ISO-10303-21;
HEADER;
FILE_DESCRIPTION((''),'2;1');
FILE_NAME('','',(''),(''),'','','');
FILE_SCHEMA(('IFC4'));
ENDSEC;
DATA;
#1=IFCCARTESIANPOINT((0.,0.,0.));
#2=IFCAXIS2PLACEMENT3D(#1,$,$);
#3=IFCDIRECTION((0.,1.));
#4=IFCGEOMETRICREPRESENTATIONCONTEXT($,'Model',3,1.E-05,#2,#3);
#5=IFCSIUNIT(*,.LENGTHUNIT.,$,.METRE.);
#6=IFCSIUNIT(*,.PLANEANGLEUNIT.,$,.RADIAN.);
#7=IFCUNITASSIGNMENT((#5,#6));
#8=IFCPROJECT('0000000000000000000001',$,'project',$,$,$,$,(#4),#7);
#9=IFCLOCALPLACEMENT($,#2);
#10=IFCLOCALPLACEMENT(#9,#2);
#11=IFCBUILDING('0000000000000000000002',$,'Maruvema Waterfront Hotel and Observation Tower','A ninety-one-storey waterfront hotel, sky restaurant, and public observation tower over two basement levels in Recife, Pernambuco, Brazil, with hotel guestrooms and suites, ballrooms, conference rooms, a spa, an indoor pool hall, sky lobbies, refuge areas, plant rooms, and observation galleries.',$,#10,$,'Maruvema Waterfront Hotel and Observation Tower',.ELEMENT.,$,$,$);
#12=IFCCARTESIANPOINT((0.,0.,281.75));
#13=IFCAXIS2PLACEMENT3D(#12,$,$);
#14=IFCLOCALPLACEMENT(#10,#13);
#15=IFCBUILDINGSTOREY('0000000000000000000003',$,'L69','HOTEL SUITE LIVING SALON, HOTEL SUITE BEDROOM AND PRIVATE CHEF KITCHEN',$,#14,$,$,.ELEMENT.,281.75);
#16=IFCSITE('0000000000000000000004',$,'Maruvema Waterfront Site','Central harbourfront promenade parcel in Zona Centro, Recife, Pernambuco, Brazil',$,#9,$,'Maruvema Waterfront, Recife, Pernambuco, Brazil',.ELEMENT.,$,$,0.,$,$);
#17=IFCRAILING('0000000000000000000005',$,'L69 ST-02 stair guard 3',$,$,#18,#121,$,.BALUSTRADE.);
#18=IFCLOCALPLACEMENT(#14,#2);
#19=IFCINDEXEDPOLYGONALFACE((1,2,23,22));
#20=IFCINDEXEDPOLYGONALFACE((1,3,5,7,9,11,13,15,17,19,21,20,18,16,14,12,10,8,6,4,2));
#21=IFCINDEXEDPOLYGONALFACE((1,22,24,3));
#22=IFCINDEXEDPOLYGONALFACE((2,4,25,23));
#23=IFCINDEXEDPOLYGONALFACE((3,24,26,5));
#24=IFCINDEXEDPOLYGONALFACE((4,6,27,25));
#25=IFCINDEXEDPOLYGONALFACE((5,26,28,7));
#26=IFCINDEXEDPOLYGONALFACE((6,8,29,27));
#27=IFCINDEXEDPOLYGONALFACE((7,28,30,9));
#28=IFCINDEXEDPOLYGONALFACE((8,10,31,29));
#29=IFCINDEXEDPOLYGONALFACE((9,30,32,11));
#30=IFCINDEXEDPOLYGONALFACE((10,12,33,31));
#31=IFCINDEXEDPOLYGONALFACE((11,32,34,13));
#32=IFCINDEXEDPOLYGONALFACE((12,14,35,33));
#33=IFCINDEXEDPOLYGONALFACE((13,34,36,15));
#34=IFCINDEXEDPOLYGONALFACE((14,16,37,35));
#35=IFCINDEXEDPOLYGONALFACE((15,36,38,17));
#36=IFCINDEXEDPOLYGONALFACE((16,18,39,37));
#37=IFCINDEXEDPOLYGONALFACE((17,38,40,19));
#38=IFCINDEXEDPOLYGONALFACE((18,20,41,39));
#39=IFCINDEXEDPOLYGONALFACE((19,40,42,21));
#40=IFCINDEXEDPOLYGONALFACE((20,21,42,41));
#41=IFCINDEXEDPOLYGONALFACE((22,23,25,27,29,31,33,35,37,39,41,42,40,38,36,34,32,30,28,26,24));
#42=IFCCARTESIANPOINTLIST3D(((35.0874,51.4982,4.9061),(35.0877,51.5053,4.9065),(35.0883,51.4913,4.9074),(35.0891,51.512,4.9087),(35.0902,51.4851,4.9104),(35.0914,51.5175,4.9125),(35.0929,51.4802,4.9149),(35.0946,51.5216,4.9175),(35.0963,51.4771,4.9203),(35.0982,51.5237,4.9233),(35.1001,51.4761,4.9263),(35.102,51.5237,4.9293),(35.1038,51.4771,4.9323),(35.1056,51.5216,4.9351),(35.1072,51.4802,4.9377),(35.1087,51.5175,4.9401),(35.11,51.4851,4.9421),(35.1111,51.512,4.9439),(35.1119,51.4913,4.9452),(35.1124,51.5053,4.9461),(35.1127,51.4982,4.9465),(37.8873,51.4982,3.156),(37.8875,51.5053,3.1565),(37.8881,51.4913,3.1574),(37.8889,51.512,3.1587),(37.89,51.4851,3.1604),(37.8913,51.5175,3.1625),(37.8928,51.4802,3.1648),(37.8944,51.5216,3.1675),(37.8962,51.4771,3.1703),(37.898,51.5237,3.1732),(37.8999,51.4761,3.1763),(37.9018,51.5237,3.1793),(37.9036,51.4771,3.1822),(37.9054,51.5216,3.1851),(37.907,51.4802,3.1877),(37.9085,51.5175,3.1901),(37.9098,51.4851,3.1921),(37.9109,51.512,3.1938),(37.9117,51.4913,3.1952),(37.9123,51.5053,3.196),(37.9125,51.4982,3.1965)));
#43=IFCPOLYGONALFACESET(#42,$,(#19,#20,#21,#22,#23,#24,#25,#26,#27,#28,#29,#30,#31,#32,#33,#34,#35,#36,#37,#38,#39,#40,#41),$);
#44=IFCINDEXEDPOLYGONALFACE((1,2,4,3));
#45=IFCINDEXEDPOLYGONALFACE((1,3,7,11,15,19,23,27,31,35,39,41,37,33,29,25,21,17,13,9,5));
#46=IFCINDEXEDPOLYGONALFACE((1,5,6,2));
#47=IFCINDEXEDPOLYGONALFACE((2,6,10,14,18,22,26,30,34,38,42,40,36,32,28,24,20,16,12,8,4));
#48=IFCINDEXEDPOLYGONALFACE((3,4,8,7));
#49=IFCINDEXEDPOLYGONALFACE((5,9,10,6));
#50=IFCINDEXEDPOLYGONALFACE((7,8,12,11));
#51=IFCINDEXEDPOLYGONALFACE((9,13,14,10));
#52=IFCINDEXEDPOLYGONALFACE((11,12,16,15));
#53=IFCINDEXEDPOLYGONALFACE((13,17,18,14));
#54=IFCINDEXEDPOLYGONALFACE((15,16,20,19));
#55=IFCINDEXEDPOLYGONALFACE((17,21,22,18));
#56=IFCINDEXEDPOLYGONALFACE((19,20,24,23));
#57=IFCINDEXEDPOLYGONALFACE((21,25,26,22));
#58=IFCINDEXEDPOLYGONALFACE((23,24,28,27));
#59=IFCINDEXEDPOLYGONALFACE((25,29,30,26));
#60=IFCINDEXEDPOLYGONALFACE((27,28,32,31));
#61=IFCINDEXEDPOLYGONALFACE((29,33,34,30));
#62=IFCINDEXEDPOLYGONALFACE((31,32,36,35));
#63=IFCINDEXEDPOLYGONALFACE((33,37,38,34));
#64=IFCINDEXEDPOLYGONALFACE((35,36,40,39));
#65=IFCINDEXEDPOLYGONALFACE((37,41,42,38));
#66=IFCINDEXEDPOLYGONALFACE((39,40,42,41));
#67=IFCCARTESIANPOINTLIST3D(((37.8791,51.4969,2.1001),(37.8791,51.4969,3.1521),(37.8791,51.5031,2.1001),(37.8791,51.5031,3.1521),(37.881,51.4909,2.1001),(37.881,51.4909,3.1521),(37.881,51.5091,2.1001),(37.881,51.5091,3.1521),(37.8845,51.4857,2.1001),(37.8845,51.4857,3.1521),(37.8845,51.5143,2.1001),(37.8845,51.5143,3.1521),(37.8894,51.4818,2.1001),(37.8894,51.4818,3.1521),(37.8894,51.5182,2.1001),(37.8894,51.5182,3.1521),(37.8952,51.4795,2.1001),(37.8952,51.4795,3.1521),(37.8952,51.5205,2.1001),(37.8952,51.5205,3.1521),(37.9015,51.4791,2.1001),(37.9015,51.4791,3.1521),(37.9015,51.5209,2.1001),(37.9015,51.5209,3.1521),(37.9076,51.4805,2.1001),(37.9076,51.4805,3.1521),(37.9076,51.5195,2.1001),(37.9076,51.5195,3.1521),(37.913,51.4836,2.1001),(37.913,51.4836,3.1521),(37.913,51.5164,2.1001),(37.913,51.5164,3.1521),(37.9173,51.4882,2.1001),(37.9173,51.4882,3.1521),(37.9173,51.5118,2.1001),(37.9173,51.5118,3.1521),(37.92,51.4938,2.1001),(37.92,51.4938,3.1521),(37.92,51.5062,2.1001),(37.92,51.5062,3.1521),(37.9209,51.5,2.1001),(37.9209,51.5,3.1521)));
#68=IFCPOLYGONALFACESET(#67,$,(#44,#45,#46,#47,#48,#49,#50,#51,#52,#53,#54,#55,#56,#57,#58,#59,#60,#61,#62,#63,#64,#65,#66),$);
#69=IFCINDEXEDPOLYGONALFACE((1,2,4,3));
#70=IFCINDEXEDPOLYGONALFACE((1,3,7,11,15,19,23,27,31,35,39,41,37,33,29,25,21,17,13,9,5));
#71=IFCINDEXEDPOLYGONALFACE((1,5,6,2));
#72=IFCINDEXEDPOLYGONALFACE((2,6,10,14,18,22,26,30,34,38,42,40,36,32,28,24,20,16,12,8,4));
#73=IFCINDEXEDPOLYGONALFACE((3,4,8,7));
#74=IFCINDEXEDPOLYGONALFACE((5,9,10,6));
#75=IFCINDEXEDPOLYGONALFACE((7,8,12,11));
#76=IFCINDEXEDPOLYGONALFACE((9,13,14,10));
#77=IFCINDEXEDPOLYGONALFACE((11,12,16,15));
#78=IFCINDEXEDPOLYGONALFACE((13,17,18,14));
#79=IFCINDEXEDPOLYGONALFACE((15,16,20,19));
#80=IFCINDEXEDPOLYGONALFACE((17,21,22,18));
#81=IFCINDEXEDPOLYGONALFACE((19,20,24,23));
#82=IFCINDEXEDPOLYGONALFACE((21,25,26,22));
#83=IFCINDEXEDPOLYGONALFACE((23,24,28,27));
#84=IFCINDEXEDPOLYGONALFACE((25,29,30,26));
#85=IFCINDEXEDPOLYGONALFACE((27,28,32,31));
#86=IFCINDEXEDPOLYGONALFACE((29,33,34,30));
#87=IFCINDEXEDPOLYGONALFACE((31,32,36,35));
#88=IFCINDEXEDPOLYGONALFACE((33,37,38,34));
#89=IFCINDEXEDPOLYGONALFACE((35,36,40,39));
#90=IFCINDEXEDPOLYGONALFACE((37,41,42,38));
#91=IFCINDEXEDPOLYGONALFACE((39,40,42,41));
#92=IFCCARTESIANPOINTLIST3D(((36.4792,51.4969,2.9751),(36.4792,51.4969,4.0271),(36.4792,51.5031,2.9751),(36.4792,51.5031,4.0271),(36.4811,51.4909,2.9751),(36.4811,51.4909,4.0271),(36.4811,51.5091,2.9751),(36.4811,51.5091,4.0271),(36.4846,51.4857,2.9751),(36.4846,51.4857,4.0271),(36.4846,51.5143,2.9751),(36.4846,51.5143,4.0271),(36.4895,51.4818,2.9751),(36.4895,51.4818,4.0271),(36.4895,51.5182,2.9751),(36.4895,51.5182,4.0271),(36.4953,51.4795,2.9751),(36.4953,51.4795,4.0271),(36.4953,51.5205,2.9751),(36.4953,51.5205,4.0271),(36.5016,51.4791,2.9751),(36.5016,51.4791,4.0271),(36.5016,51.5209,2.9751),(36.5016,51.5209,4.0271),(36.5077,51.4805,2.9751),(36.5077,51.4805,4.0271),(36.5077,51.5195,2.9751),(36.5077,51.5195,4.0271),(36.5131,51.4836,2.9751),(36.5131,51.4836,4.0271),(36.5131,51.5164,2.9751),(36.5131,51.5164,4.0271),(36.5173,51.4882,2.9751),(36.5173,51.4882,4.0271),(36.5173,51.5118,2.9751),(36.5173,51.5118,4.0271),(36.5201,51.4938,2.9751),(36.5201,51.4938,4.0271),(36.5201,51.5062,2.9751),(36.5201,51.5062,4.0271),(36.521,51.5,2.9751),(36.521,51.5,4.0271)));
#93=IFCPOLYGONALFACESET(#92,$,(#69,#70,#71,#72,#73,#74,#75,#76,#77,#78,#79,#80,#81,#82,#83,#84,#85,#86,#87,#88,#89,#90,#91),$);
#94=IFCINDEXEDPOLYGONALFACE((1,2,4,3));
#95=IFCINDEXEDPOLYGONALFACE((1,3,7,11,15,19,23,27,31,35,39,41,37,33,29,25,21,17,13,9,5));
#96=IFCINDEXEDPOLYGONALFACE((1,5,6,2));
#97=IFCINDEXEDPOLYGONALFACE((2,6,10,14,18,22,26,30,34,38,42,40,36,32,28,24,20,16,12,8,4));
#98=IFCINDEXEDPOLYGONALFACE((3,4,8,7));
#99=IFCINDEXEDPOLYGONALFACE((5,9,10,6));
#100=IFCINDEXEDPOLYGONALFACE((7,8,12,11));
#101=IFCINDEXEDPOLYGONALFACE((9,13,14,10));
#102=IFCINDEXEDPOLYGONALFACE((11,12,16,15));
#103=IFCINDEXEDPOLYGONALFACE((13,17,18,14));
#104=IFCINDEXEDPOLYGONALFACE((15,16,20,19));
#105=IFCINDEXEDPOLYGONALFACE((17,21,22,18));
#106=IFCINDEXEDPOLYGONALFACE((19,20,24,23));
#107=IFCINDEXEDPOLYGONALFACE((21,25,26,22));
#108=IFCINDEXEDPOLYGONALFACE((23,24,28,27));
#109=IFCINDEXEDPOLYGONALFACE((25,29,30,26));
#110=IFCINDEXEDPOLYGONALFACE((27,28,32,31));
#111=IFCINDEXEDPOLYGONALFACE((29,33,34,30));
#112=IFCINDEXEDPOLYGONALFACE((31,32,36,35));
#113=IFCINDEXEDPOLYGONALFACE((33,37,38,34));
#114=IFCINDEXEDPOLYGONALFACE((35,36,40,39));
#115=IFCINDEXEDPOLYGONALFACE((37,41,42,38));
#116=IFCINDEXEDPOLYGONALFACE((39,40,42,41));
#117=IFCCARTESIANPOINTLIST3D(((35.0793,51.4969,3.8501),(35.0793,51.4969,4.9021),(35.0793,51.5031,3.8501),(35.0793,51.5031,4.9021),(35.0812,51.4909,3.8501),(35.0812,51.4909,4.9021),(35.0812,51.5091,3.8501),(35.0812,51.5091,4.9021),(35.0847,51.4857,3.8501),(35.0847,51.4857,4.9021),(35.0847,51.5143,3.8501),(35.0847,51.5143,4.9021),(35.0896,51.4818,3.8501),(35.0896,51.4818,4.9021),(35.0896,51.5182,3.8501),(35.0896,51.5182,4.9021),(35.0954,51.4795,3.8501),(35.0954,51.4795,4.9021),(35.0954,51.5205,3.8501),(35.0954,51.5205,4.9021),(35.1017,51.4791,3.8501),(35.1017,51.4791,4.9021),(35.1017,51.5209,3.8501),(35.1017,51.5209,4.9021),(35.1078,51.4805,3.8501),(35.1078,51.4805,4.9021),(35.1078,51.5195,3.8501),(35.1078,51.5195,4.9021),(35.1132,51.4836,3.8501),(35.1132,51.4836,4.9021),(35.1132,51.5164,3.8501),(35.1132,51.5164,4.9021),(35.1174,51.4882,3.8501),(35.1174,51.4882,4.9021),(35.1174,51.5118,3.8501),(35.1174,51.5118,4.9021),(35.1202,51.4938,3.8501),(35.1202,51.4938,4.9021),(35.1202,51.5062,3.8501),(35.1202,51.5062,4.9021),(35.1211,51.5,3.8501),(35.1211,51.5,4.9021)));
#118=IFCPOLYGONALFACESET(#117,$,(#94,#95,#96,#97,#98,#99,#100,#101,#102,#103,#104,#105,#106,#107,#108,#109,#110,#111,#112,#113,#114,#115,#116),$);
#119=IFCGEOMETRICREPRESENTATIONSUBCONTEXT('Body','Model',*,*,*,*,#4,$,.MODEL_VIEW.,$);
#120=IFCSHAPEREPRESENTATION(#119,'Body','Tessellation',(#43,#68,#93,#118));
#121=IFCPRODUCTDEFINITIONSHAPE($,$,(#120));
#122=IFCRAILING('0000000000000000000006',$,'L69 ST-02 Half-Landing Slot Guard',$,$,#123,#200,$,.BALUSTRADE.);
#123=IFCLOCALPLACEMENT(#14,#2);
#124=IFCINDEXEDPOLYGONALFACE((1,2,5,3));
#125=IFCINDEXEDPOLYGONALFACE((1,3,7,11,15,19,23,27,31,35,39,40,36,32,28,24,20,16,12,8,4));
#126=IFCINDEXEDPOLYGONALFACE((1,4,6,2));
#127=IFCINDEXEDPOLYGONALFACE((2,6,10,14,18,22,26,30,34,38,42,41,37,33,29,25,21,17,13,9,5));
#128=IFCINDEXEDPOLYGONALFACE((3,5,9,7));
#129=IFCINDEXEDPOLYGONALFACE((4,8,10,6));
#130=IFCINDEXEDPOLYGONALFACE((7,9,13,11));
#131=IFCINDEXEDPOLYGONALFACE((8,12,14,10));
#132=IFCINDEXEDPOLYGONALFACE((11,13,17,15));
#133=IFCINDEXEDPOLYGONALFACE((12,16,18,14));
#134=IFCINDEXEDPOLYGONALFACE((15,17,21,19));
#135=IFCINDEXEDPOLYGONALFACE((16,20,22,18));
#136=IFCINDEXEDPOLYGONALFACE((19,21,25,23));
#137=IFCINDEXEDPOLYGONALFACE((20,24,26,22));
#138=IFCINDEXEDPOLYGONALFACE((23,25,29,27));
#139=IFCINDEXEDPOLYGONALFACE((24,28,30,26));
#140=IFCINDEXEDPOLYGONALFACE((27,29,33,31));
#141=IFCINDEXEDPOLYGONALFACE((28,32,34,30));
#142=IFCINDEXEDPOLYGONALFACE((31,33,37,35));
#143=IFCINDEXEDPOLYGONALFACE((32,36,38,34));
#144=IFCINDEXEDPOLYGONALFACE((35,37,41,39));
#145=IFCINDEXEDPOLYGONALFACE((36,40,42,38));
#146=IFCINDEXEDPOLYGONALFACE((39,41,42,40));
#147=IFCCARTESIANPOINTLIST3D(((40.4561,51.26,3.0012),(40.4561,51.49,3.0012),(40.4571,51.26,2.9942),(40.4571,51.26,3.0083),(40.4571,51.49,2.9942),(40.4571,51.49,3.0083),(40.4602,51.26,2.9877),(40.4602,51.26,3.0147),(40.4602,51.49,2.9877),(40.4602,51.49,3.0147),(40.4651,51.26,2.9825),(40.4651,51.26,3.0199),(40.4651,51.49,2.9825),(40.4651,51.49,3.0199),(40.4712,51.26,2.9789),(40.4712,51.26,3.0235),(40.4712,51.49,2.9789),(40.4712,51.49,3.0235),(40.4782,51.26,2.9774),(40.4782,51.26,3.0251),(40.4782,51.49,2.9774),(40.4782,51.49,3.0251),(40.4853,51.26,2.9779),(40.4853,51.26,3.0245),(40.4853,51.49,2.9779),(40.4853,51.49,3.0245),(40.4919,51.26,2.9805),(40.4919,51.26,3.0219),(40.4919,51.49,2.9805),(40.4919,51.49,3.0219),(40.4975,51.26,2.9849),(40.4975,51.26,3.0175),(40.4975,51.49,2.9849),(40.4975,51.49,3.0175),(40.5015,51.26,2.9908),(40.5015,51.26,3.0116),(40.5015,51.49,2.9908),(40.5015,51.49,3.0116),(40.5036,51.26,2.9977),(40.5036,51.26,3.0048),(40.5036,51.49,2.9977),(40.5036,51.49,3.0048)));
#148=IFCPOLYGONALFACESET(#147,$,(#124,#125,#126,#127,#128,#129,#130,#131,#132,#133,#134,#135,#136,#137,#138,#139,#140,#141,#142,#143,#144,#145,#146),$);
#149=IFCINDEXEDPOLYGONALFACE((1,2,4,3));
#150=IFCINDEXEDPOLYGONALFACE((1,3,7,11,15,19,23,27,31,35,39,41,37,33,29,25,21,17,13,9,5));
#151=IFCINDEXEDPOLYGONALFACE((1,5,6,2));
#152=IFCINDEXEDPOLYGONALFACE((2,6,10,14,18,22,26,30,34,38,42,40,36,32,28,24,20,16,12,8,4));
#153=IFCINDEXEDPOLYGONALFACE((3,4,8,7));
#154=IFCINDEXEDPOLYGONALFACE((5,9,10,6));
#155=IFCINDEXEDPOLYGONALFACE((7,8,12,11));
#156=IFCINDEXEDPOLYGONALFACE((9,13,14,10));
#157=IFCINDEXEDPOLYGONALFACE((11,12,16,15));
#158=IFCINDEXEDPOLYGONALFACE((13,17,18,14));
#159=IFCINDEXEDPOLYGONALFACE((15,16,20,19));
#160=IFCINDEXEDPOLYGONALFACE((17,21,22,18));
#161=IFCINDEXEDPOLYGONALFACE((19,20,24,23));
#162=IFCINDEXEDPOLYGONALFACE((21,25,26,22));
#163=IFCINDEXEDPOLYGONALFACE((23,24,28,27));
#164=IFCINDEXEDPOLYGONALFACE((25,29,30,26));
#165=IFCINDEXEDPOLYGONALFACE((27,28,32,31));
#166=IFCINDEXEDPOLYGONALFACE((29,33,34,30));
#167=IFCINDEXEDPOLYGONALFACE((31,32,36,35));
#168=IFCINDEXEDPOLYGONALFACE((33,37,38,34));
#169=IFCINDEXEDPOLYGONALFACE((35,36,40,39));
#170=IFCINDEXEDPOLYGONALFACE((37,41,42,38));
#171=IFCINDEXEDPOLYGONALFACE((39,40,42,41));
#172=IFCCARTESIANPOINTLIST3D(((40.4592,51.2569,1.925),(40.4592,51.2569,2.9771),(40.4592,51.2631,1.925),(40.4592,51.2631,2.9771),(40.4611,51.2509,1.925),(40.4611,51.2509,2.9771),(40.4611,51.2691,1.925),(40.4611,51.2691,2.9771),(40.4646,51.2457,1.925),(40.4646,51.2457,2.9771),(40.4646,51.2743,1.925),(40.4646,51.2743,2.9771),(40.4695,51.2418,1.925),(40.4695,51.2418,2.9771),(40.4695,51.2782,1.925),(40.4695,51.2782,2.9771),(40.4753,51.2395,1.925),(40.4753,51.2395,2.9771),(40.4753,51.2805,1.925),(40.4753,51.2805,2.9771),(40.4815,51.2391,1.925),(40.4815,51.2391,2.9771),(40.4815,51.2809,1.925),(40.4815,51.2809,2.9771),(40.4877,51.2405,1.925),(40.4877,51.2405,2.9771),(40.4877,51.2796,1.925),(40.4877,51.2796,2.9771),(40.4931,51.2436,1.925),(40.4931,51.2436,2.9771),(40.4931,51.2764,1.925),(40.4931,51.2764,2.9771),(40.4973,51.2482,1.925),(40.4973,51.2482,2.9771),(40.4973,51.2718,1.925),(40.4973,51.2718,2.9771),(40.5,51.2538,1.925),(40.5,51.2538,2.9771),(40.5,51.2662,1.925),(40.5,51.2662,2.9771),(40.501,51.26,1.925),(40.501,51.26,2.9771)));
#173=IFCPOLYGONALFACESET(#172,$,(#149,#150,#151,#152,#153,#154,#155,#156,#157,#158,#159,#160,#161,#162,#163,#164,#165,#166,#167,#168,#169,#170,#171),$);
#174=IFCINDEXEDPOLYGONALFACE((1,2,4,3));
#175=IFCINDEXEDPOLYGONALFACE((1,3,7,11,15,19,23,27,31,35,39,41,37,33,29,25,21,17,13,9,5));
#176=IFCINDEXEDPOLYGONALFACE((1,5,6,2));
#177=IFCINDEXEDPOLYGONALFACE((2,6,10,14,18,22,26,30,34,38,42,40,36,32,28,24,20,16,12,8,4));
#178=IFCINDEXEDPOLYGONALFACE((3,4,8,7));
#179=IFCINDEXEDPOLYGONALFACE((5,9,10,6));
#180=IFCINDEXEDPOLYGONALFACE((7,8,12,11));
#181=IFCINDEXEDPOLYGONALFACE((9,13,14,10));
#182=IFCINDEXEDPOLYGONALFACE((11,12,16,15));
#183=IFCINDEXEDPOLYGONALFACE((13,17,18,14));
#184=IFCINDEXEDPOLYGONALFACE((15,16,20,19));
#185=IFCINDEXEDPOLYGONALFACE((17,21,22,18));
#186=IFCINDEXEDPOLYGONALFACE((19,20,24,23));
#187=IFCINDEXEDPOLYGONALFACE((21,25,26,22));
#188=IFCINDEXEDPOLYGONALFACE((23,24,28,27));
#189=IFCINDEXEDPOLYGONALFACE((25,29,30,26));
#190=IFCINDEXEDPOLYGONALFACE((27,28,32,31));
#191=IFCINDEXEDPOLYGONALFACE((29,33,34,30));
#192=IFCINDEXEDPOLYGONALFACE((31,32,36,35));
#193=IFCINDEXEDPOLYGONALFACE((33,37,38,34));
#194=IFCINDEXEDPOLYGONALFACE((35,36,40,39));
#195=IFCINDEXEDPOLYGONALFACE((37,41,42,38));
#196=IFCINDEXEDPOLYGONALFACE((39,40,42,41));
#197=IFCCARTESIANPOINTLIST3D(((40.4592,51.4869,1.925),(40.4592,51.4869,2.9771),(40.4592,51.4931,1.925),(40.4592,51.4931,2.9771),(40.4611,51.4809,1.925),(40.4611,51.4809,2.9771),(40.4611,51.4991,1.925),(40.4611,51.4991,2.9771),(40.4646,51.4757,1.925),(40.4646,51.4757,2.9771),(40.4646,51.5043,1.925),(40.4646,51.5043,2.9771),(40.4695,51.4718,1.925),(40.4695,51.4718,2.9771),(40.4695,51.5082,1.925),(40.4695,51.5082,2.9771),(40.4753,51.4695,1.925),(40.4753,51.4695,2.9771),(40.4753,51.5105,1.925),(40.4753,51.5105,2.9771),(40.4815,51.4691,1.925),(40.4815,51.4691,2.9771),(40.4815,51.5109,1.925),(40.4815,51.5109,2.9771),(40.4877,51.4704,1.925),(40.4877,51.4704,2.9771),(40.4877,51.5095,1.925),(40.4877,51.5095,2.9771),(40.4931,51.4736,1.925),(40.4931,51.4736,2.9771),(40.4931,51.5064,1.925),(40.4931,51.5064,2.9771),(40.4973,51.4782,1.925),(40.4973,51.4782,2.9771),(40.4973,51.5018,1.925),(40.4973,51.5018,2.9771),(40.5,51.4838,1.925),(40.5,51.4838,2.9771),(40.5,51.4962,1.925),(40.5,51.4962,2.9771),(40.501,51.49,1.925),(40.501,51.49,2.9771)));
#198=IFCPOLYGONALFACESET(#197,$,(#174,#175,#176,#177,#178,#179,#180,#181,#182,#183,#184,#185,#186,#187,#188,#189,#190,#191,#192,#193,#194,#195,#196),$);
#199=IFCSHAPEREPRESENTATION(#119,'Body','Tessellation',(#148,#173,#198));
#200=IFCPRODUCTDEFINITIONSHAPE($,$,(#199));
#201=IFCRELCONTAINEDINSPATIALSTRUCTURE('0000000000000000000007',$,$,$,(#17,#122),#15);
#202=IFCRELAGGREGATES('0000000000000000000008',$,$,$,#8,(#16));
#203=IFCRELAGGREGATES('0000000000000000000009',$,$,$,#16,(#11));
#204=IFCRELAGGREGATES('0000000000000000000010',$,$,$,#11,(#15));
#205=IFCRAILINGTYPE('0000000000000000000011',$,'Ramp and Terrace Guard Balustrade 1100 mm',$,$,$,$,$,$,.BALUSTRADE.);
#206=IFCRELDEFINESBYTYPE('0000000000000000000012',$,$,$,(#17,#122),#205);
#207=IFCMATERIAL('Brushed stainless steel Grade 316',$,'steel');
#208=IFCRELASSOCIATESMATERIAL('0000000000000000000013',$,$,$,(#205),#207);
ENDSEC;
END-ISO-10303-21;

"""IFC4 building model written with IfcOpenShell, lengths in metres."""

from ifc_helpers import new_model, si_unit, direction, frame, origin, origin_2d, place, context, subcontext, project, spatial, circle, extrude, material, type_object, element, save


model = new_model("IFC4")

# Units and contexts
model_context = context("Model", 3, precision=1e-05, world=origin(), true_north=direction((0.0, 1.0)))
body_context = subcontext(model_context, "Body", "Model", "MODEL_VIEW")
ifc_project = project(units=[si_unit("LENGTHUNIT", "METRE"), si_unit("PLANEANGLEUNIT", "RADIAN")], contexts=[model_context])

# Site, building, storey
site_placement = place(None, origin())
site = spatial("IfcSite", under=ifc_project, at=site_placement, Name="Maruvema Waterfront Site", Description="Central harbourfront promenade parcel in Zona Centro, Recife, Pernambuco, Brazil", LongName="Maruvema Waterfront, Recife, Pernambuco, Brazil", CompositionType="ELEMENT", RefElevation=0.0)
building_placement = place(site_placement, origin())
building = spatial("IfcBuilding", under=site, at=building_placement, Name="Maruvema Waterfront Hotel and Observation Tower", Description="A ninety-one-storey waterfront hotel, sky restaurant, and public observation tower over two basement levels in Recife, Pernambuco, Brazil, with hotel guestrooms and suites, ballrooms, conference rooms, a spa, an indoor pool hall, sky lobbies, refuge areas, plant rooms, and observation galleries.", LongName="Maruvema Waterfront Hotel and Observation Tower", CompositionType="ELEMENT")
storey_placement = place(building_placement, frame((0.0, 0.0, 281.75)))
storey = spatial("IfcBuildingStorey", under=building, at=storey_placement, Name="L69", Description="HOTEL SUITE LIVING SALON, HOTEL SUITE BEDROOM AND PRIVATE CHEF KITCHEN", CompositionType="ELEMENT", Elevation=281.75)

# Railings
ifc_material_1 = material(Name="Brushed stainless steel Grade 316", Category="steel")
railing_type_1 = type_object("IfcRailingType", Name="Ramp and Terrace Guard Balustrade 1100 mm", PredefinedType="BALUSTRADE", material=ifc_material_1)
railing_1_placement = place(storey_placement, frame((37.8999, 51.5, 2.1001)))
element("IfcRailing", 1, at=railing_1_placement, inside=storey, type_object=railing_type_1, Name="L69 ST-02 stair guard 3", PredefinedType="BALUSTRADE", context=body_context, shape_type="SweptSolid", body=[
    extrude(circle(Radius=0.0239, at=origin_2d()), frame((0.0, 0.0, 1.0762), z_axis=(-0.847982, 0.0, 0.530026), x_axis=(0.0, -1.0, 0.0)), (0.0, 0.0, 1.0), 3.3018),
    extrude(circle(Radius=0.021, at=origin_2d()), origin(), (0.0, 0.0, 1.0), 1.052),
    extrude(circle(Radius=0.021, at=origin_2d()), frame((-1.3999, 0.0, 0.875)), (0.0, 0.0, 1.0), 1.052),
    extrude(circle(Radius=0.021, at=origin_2d()), frame((-2.7998, 0.0, 1.75)), (0.0, 0.0, 1.0), 1.052),
])
railing_2_placement = place(storey_placement, frame((40.48, 51.26, 1.925)))
element("IfcRailing", 2, at=railing_2_placement, inside=storey, type_object=railing_type_1, Name="L69 ST-02 Half-Landing Slot Guard", PredefinedType="BALUSTRADE", context=body_context, shape_type="SweptSolid", body=[
    extrude(circle(Radius=0.0239, at=origin_2d()), frame((0.0, 0.0, 1.0762), z_axis=(0.0, 1.0, 0.0), x_axis=(-1.0, 0.0, 0.0)), (0.0, 0.0, 1.0), 0.23),
    extrude(circle(Radius=0.021, at=origin_2d()), origin(), (0.0, 0.0, 1.0), 1.052),
    extrude(circle(Radius=0.021, at=origin_2d()), frame((0.0, 0.23, 0.0)), (0.0, 0.0, 1.0), 1.052),
])

save(model, "model.ifc")
